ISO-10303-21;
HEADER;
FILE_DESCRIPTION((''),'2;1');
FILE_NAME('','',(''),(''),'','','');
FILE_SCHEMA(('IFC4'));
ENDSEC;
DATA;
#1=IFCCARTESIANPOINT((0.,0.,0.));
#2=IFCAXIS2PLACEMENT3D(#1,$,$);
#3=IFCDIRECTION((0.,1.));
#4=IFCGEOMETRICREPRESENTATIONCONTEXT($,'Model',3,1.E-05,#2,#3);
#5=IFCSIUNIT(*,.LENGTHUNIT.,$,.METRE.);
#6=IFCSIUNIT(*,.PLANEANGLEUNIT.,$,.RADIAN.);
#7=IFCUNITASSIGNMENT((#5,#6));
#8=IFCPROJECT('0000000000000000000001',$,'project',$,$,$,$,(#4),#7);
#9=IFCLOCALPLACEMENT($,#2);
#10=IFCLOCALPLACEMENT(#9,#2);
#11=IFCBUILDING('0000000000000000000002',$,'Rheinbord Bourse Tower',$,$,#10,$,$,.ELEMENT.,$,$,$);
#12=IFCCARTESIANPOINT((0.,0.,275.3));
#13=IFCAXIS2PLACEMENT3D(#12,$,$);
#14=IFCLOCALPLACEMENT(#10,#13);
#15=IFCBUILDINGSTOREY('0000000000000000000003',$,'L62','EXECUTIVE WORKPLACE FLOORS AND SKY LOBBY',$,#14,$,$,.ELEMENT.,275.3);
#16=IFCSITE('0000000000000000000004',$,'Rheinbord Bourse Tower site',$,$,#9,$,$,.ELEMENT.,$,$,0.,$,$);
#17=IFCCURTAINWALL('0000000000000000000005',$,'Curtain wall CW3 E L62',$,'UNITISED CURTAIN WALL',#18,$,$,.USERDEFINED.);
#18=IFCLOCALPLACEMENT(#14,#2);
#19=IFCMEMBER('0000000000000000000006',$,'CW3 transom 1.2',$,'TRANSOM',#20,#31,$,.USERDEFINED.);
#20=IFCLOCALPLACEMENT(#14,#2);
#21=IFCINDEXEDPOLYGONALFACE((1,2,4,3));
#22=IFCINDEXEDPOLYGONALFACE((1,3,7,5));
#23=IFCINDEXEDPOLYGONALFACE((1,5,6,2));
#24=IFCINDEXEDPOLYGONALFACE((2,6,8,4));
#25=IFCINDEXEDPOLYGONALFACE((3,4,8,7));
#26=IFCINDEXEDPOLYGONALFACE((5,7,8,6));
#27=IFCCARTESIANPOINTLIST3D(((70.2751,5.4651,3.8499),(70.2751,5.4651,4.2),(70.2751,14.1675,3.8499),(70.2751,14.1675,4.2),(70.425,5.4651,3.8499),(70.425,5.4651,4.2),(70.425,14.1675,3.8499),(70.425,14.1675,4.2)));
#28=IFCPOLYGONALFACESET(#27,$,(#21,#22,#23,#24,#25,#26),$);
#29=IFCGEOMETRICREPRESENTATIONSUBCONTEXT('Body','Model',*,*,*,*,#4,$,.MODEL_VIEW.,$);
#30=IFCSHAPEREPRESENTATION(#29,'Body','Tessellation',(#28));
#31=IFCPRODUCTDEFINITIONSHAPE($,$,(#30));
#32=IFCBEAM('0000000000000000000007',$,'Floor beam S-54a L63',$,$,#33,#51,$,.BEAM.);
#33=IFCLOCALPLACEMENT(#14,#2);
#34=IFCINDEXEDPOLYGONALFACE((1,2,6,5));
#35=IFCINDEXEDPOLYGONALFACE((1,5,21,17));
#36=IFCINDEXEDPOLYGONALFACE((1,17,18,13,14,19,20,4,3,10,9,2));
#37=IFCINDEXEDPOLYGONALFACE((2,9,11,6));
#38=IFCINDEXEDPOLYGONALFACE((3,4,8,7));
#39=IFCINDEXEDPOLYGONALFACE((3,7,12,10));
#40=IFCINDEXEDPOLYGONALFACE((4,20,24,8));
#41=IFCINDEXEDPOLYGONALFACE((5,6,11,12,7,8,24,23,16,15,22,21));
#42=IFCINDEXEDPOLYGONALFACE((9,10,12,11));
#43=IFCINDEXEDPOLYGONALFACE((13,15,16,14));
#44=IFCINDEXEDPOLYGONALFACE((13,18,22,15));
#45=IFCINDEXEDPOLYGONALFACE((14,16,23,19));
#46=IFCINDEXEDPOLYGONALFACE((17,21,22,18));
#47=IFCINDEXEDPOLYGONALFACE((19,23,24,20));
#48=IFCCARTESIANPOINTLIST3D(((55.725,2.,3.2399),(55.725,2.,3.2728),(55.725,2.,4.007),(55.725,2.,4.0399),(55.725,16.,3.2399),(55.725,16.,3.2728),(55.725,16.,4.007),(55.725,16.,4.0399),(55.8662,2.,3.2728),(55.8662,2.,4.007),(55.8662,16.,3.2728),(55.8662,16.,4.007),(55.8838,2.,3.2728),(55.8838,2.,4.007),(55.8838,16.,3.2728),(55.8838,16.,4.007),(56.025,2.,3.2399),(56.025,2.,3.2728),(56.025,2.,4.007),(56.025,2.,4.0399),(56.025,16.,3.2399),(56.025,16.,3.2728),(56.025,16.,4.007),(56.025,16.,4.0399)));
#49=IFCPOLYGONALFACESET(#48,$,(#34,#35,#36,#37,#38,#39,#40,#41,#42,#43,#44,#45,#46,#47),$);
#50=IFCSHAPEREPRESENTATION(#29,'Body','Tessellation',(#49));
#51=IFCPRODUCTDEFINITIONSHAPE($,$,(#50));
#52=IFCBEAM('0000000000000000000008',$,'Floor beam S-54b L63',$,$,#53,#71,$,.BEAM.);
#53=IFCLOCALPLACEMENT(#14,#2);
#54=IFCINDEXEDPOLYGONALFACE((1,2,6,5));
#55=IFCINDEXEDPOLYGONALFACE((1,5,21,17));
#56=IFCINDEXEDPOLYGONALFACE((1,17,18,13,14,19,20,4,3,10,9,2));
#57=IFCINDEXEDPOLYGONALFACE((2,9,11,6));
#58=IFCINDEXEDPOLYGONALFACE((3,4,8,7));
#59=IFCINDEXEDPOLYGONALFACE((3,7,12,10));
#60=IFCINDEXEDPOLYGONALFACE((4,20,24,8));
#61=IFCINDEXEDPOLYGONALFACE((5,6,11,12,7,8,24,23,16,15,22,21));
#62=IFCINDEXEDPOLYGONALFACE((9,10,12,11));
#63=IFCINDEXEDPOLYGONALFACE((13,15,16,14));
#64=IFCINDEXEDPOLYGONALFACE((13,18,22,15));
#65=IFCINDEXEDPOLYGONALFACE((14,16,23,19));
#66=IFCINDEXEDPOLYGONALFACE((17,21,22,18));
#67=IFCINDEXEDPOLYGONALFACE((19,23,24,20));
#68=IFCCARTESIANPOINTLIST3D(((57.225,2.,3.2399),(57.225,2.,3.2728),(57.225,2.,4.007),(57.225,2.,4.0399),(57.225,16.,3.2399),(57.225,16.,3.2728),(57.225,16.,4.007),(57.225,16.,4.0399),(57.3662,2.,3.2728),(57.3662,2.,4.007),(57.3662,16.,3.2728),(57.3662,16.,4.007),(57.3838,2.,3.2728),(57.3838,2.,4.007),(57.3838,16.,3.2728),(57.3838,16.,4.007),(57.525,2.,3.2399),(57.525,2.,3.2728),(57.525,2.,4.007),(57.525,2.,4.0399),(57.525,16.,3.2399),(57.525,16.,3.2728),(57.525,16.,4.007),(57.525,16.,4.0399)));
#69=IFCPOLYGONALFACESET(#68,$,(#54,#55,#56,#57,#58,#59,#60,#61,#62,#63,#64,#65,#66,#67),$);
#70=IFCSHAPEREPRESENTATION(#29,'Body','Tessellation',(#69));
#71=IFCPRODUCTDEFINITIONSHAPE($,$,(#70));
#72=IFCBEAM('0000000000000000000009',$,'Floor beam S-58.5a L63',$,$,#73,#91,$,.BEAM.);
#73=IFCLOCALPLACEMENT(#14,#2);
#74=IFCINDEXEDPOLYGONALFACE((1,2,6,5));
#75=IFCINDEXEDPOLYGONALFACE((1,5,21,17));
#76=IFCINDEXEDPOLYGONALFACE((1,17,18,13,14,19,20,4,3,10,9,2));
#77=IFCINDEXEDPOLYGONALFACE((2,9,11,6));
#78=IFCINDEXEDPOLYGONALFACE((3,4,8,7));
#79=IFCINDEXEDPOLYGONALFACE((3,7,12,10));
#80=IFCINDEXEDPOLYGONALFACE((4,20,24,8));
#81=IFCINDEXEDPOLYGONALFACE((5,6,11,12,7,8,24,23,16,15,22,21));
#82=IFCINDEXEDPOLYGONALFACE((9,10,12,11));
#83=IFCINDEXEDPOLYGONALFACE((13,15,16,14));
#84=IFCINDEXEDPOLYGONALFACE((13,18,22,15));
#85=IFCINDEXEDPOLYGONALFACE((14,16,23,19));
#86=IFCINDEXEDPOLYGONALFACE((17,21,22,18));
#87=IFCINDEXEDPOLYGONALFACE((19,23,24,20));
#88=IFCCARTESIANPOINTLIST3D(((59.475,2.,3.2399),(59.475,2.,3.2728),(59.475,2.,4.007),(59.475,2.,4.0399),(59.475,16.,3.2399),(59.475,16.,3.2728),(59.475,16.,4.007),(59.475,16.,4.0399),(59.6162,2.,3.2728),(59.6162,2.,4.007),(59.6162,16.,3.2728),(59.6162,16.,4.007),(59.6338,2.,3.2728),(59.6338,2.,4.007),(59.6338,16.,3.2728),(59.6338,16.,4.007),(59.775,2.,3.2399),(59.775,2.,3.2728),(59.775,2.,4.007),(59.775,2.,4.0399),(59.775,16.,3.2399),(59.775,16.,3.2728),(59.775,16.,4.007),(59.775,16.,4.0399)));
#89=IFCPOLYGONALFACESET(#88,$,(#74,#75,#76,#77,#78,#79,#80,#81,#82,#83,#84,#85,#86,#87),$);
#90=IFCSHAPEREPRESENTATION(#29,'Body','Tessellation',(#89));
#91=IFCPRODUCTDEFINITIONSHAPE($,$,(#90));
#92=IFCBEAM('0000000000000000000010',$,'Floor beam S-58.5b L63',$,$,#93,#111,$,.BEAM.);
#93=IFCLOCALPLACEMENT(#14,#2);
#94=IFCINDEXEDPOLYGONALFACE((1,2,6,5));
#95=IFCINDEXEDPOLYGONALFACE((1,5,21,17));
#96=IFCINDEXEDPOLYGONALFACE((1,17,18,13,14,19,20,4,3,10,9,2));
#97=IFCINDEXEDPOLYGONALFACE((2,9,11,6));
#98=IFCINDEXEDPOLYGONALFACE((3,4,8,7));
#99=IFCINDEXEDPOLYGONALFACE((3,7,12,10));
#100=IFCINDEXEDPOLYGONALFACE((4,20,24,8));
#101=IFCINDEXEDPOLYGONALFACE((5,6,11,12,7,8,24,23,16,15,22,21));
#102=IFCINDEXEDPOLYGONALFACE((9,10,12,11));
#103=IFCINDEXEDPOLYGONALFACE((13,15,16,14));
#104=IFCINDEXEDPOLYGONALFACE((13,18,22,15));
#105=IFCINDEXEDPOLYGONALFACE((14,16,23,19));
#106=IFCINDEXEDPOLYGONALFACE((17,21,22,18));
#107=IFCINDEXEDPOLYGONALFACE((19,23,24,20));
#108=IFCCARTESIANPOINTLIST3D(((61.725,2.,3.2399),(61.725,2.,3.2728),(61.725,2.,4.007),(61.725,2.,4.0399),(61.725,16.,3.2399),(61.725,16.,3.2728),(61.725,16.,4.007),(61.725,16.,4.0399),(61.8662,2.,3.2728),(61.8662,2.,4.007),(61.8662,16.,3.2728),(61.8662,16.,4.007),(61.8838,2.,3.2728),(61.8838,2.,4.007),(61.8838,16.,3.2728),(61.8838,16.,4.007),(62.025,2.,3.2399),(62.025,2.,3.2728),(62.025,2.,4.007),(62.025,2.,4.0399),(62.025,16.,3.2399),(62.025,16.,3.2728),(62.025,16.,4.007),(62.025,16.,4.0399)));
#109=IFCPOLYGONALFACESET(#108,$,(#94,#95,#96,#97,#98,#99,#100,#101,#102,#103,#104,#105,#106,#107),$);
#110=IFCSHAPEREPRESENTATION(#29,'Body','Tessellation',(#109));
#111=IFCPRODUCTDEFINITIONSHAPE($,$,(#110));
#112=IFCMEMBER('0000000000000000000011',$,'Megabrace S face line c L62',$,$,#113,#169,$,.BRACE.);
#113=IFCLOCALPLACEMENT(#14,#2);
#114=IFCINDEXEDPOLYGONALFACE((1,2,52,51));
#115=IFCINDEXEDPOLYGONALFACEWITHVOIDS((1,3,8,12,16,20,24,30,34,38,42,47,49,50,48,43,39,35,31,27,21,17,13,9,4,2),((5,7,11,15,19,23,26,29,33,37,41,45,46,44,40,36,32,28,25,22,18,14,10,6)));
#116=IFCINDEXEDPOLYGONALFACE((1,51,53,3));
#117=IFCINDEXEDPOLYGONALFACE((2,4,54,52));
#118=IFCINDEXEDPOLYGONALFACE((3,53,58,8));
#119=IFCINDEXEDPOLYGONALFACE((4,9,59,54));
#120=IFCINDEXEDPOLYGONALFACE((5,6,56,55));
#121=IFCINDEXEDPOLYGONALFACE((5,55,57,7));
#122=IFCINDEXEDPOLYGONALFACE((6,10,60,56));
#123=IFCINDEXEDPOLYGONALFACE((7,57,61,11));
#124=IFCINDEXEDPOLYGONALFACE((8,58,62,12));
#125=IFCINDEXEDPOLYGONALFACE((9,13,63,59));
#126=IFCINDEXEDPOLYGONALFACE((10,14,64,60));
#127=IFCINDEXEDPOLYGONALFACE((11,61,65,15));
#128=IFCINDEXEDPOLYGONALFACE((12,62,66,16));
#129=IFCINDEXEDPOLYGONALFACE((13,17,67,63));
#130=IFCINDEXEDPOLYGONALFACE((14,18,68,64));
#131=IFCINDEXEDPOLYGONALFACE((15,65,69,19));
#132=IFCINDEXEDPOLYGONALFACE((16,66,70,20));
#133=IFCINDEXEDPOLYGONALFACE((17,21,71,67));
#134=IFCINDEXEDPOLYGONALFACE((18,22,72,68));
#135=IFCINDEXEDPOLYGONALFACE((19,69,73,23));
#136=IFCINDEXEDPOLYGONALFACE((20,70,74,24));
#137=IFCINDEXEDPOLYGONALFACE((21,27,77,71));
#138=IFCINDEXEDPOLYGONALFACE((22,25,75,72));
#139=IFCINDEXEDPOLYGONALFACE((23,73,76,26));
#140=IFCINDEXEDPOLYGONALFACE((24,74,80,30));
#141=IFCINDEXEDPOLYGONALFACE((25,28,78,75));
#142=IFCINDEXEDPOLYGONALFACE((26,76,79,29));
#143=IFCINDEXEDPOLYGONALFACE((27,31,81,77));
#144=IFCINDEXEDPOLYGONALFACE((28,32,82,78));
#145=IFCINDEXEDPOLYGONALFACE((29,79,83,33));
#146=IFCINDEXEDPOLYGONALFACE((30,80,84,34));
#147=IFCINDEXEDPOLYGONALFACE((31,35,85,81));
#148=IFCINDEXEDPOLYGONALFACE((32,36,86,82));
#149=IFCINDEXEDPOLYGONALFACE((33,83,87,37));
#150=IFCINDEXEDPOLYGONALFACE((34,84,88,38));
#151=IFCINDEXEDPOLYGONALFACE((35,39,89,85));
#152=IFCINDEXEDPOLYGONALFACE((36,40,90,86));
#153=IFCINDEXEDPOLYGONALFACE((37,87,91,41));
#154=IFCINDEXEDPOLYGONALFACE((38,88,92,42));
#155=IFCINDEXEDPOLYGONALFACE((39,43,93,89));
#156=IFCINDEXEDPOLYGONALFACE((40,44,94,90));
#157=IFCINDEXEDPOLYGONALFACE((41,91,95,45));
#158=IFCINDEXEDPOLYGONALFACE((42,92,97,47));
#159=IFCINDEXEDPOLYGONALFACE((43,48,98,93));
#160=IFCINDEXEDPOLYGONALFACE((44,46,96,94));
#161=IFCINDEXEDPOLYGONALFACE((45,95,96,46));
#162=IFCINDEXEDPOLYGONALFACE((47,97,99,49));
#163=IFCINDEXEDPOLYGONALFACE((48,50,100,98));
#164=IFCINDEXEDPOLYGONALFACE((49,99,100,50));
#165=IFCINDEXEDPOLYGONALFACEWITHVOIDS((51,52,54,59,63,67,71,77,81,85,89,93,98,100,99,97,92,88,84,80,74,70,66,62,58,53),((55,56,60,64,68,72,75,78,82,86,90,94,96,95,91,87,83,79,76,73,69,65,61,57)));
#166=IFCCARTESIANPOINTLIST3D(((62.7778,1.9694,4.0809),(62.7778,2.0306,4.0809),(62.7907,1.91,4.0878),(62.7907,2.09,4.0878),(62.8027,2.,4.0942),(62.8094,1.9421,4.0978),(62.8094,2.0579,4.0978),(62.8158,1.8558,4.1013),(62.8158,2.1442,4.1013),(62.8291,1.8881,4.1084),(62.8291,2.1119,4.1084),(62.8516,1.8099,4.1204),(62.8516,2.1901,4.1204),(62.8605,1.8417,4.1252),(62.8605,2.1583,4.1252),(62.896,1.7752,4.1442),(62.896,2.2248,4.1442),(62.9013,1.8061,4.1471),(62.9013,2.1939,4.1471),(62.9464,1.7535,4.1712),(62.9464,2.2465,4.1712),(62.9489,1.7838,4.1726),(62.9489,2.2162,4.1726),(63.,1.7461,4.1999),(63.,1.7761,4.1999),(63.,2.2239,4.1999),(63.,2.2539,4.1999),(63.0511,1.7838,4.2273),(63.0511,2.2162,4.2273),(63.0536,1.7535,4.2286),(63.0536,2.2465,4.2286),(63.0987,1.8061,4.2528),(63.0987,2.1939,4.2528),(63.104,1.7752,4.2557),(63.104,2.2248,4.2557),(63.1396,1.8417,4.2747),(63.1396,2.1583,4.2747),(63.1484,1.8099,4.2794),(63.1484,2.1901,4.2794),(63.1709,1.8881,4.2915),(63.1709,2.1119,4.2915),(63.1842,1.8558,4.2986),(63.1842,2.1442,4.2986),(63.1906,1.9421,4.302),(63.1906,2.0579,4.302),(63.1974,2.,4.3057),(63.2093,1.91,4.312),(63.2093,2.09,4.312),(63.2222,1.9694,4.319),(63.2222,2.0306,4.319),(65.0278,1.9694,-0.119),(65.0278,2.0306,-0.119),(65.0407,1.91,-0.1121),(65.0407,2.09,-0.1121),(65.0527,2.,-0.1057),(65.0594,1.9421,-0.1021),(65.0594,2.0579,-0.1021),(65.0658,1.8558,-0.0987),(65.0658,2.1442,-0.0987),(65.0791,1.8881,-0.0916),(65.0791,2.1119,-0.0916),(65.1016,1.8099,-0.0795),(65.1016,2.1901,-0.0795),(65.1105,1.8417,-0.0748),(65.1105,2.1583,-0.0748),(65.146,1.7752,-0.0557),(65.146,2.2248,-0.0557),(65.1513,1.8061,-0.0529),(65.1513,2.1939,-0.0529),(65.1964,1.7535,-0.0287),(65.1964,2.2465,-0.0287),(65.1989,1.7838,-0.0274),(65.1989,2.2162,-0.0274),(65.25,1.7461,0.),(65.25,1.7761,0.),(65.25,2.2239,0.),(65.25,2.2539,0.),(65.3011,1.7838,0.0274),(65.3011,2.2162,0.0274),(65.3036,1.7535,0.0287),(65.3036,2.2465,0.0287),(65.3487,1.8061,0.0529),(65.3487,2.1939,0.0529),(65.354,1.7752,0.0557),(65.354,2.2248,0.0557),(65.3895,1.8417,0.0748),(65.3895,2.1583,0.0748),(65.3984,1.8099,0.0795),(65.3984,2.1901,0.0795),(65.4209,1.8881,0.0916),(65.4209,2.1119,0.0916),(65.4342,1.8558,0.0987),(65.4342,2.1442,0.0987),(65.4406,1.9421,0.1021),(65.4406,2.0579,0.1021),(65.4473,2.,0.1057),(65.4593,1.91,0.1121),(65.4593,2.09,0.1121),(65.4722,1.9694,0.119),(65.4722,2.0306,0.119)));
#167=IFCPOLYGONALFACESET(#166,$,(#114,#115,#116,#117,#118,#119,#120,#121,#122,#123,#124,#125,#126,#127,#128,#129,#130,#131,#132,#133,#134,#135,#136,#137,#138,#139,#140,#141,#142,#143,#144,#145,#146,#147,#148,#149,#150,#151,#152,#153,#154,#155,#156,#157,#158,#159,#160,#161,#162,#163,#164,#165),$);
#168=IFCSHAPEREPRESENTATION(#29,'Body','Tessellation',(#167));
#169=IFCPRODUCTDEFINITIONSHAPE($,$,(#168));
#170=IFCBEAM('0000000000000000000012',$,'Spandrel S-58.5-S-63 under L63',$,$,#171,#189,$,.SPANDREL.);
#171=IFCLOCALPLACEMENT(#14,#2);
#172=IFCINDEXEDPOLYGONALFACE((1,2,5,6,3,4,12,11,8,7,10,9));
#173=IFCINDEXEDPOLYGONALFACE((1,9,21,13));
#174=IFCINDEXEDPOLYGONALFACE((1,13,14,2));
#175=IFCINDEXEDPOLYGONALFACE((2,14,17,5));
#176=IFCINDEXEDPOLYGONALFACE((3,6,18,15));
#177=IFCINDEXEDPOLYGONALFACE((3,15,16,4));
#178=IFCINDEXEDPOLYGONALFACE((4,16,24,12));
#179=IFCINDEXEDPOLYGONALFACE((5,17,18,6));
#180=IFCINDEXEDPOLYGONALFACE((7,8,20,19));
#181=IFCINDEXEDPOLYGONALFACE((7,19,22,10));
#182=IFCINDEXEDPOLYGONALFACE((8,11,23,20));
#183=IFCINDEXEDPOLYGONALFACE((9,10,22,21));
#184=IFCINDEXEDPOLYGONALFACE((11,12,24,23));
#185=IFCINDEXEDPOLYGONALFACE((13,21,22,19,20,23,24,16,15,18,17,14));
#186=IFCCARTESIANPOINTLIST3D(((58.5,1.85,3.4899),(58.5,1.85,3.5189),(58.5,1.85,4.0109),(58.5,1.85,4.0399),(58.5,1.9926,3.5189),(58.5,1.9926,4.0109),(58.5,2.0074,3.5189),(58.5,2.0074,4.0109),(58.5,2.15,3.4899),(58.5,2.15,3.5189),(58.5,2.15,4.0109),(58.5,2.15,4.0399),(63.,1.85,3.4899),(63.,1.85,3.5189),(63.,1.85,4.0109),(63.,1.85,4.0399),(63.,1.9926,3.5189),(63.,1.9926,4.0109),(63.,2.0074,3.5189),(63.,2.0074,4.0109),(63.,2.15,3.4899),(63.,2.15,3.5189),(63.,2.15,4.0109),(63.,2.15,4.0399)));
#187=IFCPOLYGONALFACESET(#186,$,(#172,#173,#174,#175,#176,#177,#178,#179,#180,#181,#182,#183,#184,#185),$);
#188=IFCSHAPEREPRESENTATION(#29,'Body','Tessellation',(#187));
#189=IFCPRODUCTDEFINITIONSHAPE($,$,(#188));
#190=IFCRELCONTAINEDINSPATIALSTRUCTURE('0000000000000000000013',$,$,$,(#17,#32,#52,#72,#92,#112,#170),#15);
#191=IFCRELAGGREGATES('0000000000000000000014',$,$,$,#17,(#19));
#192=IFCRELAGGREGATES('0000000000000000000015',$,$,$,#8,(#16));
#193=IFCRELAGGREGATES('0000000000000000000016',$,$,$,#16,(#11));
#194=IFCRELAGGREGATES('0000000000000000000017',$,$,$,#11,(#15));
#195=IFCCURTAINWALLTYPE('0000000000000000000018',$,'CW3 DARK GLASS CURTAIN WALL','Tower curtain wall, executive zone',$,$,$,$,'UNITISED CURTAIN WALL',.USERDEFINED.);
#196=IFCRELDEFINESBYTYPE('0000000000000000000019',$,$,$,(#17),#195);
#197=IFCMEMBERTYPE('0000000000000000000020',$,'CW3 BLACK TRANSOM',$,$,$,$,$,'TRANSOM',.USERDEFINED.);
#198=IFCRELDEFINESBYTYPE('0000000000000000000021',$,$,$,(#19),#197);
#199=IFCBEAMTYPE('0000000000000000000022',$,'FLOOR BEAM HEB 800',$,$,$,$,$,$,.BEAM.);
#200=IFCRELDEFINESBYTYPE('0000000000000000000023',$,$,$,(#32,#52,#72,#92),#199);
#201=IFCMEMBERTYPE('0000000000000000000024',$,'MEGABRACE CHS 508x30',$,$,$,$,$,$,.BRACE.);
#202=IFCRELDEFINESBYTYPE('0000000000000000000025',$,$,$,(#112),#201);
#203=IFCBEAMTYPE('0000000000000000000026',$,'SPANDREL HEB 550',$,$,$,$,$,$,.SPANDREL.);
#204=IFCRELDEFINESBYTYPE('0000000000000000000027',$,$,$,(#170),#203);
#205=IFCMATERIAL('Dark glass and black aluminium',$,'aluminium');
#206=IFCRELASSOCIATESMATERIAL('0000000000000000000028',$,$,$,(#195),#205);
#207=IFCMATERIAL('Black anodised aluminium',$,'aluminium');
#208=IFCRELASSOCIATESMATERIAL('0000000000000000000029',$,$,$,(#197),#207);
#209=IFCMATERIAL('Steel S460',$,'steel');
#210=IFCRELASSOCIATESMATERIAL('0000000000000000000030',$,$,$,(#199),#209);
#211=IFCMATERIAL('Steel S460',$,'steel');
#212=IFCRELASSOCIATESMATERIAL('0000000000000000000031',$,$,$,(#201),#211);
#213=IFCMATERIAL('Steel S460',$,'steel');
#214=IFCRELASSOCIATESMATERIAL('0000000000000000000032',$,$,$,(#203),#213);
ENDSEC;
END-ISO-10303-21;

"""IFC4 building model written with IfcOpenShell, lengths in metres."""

from ifc_helpers import new_model, si_unit, direction, frame, origin, origin_2d, place, context, subcontext, project, spatial, rectangle, hollow_circle, i_section, extrude, material, material_profile, profile_set, type_object, element, aggregate, save


model = new_model("IFC4")

# Units and contexts
model_context = context("Model", 3, precision=1e-05, world=origin(), true_north=direction((0.0, 1.0)))
body_context = subcontext(model_context, "Body", "Model", "MODEL_VIEW")
ifc_project = project(units=[si_unit("LENGTHUNIT", "METRE"), si_unit("PLANEANGLEUNIT", "RADIAN")], contexts=[model_context])

# Site, building, storey
site_placement = place(None, origin())
site = spatial("IfcSite", under=ifc_project, at=site_placement, Name="Rheinbord Bourse Tower site", CompositionType="ELEMENT", RefElevation=0.0)
building_placement = place(site_placement, origin())
building = spatial("IfcBuilding", under=site, at=building_placement, Name="Rheinbord Bourse Tower", CompositionType="ELEMENT")
storey_placement = place(building_placement, frame((0.0, 0.0, 275.3)))
storey = spatial("IfcBuildingStorey", under=building, at=storey_placement, Name="L62", Description="EXECUTIVE WORKPLACE FLOORS AND SKY LOBBY", CompositionType="ELEMENT", Elevation=275.3)

# Shared definitions
ifc_material_1 = material(Name="Dark glass and black aluminium", Category="aluminium")
curtain_wall_type = type_object("IfcCurtainWallType", Name="CW3 DARK GLASS CURTAIN WALL", Description="Tower curtain wall, executive zone", ElementType="UNITISED CURTAIN WALL", PredefinedType="USERDEFINED", material=ifc_material_1)

# Curtain wall
curtain_wall_1_placement = place(storey_placement, origin())
curtain_wall_1 = element("IfcCurtainWall", 1, at=curtain_wall_1_placement, inside=storey, type_object=curtain_wall_type, Name="Curtain wall CW3 E L62", ObjectType="UNITISED CURTAIN WALL", PredefinedType="USERDEFINED")

# Member
ifc_material_2 = material(Name="Black anodised aluminium", Category="aluminium")
ifc_material_profile_1 = material_profile(ifc_material_2, rectangle(XDim=0.1499, YDim=0.3501, at=origin_2d()), Name="CW3 TRANSOM 350x150")
ifc_profile_set_1 = profile_set([ifc_material_profile_1], Name="Black anodised aluminium")
member_type_1 = type_object("IfcMemberType", Name="CW3 BLACK TRANSOM", ElementType="TRANSOM", PredefinedType="USERDEFINED", material=ifc_profile_set_1)
member_1_placement = place(storey_placement, frame((70.3501, 5.4651, 4.0249), z_axis=(0.0, 1.0, 0.0), x_axis=(-1.0, 0.0, 0.0)))
member_1 = element("IfcMember", 2, at=member_1_placement, type_object=member_type_1, Name="CW3 transom 1.2", ObjectType="TRANSOM", PredefinedType="USERDEFINED", context=body_context, shape_type="SweptSolid", body=[
    extrude(rectangle(XDim=0.1499, YDim=0.3501, at=origin_2d()), origin(), (0.0, 0.0, 1.0), 8.7024),
])

# Beams
ifc_material_3 = material(Name="Steel S460", Category="steel")
ifc_material_profile_2 = material_profile(ifc_material_3, i_section(OverallWidth=0.3, OverallDepth=0.8, WebThickness=0.0176, FlangeThickness=0.033, at=origin_2d()), Name="HEB 800")
ifc_profile_set_2 = profile_set([ifc_material_profile_2], Name="Steel S460")
beam_type_1 = type_object("IfcBeamType", Name="FLOOR BEAM HEB 800", PredefinedType="BEAM", material=ifc_profile_set_2)
for number, where, z_axis, x_axis, name in (
    (3, (55.875, 2.0, 3.6399), (0.0, 1.0, 0.0), (-1.0, 0.0, 0.0), "Floor beam S-54a L63"),
    (4, (57.375, 2.0, 3.6399), (0.0, 1.0, 0.0), (-1.0, 0.0, 0.0), "Floor beam S-54b L63"),
    (5, (59.625, 2.0, 3.6399), (0.0, 1.0, 0.0), (-1.0, 0.0, 0.0), "Floor beam S-58.5a L63"),
    (6, (61.875, 2.0, 3.6399), (0.0, 1.0, 0.0), (-1.0, 0.0, 0.0), "Floor beam S-58.5b L63"),
):
    element("IfcBeam", number, at=place(storey_placement, frame(where, z_axis=z_axis, x_axis=x_axis)), inside=storey, type_object=beam_type_1, Name=name, PredefinedType="BEAM", context=body_context, shape_type="SweptSolid", body=[
        extrude(i_section(OverallWidth=0.3, OverallDepth=0.8, WebThickness=0.0176, FlangeThickness=0.033, at=origin_2d()), origin(), (0.0, 0.0, 1.0), 14.0),
    ])

# Member
ifc_material_4 = material(Name="Steel S460", Category="steel")
ifc_material_profile_3 = material_profile(ifc_material_4, hollow_circle(Radius=0.2539, WallThickness=0.03, at=origin_2d()), Name="CHS 508x30")
ifc_profile_set_3 = profile_set([ifc_material_profile_3], Name="Steel S460")
member_type_2 = type_object("IfcMemberType", Name="MEGABRACE CHS 508x30", PredefinedType="BRACE", material=ifc_profile_set_3)
member_2_placement = place(storey_placement, frame((65.25, 2.0, 0.0), z_axis=(-0.472226, 0.0, 0.881478), x_axis=(0.0, -1.0, 0.0)))
element("IfcMember", 7, at=member_2_placement, inside=storey, type_object=member_type_2, Name="Megabrace S face line c L62", PredefinedType="BRACE", context=body_context, shape_type="SweptSolid", body=[
    extrude(hollow_circle(Radius=0.2539, WallThickness=0.03, at=origin_2d()), origin(), (0.0, 0.0, 1.0), 4.7646),
])

# Beam
ifc_material_5 = material(Name="Steel S460", Category="steel")
ifc_material_profile_4 = material_profile(ifc_material_5, i_section(OverallWidth=0.3, OverallDepth=0.55, WebThickness=0.0149, FlangeThickness=0.0291, at=origin_2d()), Name="HEB 550")
ifc_profile_set_4 = profile_set([ifc_material_profile_4], Name="Steel S460")
beam_type_2 = type_object("IfcBeamType", Name="SPANDREL HEB 550", PredefinedType="SPANDREL", material=ifc_profile_set_4)
beam_1_placement = place(storey_placement, frame((58.5, 2.0, 3.7649), z_axis=(1.0, 0.0, 0.0), x_axis=(0.0, 1.0, 0.0)))
element("IfcBeam", 8, at=beam_1_placement, inside=storey, type_object=beam_type_2, Name="Spandrel S-58.5-S-63 under L63", PredefinedType="SPANDREL", context=body_context, shape_type="SweptSolid", body=[
    extrude(i_section(OverallWidth=0.3, OverallDepth=0.55, WebThickness=0.0149, FlangeThickness=0.0291, at=origin_2d()), origin(), (0.0, 0.0, 1.0), 4.5),
])

aggregate(curtain_wall_1, [member_1])

save(model, "model.ifc")
